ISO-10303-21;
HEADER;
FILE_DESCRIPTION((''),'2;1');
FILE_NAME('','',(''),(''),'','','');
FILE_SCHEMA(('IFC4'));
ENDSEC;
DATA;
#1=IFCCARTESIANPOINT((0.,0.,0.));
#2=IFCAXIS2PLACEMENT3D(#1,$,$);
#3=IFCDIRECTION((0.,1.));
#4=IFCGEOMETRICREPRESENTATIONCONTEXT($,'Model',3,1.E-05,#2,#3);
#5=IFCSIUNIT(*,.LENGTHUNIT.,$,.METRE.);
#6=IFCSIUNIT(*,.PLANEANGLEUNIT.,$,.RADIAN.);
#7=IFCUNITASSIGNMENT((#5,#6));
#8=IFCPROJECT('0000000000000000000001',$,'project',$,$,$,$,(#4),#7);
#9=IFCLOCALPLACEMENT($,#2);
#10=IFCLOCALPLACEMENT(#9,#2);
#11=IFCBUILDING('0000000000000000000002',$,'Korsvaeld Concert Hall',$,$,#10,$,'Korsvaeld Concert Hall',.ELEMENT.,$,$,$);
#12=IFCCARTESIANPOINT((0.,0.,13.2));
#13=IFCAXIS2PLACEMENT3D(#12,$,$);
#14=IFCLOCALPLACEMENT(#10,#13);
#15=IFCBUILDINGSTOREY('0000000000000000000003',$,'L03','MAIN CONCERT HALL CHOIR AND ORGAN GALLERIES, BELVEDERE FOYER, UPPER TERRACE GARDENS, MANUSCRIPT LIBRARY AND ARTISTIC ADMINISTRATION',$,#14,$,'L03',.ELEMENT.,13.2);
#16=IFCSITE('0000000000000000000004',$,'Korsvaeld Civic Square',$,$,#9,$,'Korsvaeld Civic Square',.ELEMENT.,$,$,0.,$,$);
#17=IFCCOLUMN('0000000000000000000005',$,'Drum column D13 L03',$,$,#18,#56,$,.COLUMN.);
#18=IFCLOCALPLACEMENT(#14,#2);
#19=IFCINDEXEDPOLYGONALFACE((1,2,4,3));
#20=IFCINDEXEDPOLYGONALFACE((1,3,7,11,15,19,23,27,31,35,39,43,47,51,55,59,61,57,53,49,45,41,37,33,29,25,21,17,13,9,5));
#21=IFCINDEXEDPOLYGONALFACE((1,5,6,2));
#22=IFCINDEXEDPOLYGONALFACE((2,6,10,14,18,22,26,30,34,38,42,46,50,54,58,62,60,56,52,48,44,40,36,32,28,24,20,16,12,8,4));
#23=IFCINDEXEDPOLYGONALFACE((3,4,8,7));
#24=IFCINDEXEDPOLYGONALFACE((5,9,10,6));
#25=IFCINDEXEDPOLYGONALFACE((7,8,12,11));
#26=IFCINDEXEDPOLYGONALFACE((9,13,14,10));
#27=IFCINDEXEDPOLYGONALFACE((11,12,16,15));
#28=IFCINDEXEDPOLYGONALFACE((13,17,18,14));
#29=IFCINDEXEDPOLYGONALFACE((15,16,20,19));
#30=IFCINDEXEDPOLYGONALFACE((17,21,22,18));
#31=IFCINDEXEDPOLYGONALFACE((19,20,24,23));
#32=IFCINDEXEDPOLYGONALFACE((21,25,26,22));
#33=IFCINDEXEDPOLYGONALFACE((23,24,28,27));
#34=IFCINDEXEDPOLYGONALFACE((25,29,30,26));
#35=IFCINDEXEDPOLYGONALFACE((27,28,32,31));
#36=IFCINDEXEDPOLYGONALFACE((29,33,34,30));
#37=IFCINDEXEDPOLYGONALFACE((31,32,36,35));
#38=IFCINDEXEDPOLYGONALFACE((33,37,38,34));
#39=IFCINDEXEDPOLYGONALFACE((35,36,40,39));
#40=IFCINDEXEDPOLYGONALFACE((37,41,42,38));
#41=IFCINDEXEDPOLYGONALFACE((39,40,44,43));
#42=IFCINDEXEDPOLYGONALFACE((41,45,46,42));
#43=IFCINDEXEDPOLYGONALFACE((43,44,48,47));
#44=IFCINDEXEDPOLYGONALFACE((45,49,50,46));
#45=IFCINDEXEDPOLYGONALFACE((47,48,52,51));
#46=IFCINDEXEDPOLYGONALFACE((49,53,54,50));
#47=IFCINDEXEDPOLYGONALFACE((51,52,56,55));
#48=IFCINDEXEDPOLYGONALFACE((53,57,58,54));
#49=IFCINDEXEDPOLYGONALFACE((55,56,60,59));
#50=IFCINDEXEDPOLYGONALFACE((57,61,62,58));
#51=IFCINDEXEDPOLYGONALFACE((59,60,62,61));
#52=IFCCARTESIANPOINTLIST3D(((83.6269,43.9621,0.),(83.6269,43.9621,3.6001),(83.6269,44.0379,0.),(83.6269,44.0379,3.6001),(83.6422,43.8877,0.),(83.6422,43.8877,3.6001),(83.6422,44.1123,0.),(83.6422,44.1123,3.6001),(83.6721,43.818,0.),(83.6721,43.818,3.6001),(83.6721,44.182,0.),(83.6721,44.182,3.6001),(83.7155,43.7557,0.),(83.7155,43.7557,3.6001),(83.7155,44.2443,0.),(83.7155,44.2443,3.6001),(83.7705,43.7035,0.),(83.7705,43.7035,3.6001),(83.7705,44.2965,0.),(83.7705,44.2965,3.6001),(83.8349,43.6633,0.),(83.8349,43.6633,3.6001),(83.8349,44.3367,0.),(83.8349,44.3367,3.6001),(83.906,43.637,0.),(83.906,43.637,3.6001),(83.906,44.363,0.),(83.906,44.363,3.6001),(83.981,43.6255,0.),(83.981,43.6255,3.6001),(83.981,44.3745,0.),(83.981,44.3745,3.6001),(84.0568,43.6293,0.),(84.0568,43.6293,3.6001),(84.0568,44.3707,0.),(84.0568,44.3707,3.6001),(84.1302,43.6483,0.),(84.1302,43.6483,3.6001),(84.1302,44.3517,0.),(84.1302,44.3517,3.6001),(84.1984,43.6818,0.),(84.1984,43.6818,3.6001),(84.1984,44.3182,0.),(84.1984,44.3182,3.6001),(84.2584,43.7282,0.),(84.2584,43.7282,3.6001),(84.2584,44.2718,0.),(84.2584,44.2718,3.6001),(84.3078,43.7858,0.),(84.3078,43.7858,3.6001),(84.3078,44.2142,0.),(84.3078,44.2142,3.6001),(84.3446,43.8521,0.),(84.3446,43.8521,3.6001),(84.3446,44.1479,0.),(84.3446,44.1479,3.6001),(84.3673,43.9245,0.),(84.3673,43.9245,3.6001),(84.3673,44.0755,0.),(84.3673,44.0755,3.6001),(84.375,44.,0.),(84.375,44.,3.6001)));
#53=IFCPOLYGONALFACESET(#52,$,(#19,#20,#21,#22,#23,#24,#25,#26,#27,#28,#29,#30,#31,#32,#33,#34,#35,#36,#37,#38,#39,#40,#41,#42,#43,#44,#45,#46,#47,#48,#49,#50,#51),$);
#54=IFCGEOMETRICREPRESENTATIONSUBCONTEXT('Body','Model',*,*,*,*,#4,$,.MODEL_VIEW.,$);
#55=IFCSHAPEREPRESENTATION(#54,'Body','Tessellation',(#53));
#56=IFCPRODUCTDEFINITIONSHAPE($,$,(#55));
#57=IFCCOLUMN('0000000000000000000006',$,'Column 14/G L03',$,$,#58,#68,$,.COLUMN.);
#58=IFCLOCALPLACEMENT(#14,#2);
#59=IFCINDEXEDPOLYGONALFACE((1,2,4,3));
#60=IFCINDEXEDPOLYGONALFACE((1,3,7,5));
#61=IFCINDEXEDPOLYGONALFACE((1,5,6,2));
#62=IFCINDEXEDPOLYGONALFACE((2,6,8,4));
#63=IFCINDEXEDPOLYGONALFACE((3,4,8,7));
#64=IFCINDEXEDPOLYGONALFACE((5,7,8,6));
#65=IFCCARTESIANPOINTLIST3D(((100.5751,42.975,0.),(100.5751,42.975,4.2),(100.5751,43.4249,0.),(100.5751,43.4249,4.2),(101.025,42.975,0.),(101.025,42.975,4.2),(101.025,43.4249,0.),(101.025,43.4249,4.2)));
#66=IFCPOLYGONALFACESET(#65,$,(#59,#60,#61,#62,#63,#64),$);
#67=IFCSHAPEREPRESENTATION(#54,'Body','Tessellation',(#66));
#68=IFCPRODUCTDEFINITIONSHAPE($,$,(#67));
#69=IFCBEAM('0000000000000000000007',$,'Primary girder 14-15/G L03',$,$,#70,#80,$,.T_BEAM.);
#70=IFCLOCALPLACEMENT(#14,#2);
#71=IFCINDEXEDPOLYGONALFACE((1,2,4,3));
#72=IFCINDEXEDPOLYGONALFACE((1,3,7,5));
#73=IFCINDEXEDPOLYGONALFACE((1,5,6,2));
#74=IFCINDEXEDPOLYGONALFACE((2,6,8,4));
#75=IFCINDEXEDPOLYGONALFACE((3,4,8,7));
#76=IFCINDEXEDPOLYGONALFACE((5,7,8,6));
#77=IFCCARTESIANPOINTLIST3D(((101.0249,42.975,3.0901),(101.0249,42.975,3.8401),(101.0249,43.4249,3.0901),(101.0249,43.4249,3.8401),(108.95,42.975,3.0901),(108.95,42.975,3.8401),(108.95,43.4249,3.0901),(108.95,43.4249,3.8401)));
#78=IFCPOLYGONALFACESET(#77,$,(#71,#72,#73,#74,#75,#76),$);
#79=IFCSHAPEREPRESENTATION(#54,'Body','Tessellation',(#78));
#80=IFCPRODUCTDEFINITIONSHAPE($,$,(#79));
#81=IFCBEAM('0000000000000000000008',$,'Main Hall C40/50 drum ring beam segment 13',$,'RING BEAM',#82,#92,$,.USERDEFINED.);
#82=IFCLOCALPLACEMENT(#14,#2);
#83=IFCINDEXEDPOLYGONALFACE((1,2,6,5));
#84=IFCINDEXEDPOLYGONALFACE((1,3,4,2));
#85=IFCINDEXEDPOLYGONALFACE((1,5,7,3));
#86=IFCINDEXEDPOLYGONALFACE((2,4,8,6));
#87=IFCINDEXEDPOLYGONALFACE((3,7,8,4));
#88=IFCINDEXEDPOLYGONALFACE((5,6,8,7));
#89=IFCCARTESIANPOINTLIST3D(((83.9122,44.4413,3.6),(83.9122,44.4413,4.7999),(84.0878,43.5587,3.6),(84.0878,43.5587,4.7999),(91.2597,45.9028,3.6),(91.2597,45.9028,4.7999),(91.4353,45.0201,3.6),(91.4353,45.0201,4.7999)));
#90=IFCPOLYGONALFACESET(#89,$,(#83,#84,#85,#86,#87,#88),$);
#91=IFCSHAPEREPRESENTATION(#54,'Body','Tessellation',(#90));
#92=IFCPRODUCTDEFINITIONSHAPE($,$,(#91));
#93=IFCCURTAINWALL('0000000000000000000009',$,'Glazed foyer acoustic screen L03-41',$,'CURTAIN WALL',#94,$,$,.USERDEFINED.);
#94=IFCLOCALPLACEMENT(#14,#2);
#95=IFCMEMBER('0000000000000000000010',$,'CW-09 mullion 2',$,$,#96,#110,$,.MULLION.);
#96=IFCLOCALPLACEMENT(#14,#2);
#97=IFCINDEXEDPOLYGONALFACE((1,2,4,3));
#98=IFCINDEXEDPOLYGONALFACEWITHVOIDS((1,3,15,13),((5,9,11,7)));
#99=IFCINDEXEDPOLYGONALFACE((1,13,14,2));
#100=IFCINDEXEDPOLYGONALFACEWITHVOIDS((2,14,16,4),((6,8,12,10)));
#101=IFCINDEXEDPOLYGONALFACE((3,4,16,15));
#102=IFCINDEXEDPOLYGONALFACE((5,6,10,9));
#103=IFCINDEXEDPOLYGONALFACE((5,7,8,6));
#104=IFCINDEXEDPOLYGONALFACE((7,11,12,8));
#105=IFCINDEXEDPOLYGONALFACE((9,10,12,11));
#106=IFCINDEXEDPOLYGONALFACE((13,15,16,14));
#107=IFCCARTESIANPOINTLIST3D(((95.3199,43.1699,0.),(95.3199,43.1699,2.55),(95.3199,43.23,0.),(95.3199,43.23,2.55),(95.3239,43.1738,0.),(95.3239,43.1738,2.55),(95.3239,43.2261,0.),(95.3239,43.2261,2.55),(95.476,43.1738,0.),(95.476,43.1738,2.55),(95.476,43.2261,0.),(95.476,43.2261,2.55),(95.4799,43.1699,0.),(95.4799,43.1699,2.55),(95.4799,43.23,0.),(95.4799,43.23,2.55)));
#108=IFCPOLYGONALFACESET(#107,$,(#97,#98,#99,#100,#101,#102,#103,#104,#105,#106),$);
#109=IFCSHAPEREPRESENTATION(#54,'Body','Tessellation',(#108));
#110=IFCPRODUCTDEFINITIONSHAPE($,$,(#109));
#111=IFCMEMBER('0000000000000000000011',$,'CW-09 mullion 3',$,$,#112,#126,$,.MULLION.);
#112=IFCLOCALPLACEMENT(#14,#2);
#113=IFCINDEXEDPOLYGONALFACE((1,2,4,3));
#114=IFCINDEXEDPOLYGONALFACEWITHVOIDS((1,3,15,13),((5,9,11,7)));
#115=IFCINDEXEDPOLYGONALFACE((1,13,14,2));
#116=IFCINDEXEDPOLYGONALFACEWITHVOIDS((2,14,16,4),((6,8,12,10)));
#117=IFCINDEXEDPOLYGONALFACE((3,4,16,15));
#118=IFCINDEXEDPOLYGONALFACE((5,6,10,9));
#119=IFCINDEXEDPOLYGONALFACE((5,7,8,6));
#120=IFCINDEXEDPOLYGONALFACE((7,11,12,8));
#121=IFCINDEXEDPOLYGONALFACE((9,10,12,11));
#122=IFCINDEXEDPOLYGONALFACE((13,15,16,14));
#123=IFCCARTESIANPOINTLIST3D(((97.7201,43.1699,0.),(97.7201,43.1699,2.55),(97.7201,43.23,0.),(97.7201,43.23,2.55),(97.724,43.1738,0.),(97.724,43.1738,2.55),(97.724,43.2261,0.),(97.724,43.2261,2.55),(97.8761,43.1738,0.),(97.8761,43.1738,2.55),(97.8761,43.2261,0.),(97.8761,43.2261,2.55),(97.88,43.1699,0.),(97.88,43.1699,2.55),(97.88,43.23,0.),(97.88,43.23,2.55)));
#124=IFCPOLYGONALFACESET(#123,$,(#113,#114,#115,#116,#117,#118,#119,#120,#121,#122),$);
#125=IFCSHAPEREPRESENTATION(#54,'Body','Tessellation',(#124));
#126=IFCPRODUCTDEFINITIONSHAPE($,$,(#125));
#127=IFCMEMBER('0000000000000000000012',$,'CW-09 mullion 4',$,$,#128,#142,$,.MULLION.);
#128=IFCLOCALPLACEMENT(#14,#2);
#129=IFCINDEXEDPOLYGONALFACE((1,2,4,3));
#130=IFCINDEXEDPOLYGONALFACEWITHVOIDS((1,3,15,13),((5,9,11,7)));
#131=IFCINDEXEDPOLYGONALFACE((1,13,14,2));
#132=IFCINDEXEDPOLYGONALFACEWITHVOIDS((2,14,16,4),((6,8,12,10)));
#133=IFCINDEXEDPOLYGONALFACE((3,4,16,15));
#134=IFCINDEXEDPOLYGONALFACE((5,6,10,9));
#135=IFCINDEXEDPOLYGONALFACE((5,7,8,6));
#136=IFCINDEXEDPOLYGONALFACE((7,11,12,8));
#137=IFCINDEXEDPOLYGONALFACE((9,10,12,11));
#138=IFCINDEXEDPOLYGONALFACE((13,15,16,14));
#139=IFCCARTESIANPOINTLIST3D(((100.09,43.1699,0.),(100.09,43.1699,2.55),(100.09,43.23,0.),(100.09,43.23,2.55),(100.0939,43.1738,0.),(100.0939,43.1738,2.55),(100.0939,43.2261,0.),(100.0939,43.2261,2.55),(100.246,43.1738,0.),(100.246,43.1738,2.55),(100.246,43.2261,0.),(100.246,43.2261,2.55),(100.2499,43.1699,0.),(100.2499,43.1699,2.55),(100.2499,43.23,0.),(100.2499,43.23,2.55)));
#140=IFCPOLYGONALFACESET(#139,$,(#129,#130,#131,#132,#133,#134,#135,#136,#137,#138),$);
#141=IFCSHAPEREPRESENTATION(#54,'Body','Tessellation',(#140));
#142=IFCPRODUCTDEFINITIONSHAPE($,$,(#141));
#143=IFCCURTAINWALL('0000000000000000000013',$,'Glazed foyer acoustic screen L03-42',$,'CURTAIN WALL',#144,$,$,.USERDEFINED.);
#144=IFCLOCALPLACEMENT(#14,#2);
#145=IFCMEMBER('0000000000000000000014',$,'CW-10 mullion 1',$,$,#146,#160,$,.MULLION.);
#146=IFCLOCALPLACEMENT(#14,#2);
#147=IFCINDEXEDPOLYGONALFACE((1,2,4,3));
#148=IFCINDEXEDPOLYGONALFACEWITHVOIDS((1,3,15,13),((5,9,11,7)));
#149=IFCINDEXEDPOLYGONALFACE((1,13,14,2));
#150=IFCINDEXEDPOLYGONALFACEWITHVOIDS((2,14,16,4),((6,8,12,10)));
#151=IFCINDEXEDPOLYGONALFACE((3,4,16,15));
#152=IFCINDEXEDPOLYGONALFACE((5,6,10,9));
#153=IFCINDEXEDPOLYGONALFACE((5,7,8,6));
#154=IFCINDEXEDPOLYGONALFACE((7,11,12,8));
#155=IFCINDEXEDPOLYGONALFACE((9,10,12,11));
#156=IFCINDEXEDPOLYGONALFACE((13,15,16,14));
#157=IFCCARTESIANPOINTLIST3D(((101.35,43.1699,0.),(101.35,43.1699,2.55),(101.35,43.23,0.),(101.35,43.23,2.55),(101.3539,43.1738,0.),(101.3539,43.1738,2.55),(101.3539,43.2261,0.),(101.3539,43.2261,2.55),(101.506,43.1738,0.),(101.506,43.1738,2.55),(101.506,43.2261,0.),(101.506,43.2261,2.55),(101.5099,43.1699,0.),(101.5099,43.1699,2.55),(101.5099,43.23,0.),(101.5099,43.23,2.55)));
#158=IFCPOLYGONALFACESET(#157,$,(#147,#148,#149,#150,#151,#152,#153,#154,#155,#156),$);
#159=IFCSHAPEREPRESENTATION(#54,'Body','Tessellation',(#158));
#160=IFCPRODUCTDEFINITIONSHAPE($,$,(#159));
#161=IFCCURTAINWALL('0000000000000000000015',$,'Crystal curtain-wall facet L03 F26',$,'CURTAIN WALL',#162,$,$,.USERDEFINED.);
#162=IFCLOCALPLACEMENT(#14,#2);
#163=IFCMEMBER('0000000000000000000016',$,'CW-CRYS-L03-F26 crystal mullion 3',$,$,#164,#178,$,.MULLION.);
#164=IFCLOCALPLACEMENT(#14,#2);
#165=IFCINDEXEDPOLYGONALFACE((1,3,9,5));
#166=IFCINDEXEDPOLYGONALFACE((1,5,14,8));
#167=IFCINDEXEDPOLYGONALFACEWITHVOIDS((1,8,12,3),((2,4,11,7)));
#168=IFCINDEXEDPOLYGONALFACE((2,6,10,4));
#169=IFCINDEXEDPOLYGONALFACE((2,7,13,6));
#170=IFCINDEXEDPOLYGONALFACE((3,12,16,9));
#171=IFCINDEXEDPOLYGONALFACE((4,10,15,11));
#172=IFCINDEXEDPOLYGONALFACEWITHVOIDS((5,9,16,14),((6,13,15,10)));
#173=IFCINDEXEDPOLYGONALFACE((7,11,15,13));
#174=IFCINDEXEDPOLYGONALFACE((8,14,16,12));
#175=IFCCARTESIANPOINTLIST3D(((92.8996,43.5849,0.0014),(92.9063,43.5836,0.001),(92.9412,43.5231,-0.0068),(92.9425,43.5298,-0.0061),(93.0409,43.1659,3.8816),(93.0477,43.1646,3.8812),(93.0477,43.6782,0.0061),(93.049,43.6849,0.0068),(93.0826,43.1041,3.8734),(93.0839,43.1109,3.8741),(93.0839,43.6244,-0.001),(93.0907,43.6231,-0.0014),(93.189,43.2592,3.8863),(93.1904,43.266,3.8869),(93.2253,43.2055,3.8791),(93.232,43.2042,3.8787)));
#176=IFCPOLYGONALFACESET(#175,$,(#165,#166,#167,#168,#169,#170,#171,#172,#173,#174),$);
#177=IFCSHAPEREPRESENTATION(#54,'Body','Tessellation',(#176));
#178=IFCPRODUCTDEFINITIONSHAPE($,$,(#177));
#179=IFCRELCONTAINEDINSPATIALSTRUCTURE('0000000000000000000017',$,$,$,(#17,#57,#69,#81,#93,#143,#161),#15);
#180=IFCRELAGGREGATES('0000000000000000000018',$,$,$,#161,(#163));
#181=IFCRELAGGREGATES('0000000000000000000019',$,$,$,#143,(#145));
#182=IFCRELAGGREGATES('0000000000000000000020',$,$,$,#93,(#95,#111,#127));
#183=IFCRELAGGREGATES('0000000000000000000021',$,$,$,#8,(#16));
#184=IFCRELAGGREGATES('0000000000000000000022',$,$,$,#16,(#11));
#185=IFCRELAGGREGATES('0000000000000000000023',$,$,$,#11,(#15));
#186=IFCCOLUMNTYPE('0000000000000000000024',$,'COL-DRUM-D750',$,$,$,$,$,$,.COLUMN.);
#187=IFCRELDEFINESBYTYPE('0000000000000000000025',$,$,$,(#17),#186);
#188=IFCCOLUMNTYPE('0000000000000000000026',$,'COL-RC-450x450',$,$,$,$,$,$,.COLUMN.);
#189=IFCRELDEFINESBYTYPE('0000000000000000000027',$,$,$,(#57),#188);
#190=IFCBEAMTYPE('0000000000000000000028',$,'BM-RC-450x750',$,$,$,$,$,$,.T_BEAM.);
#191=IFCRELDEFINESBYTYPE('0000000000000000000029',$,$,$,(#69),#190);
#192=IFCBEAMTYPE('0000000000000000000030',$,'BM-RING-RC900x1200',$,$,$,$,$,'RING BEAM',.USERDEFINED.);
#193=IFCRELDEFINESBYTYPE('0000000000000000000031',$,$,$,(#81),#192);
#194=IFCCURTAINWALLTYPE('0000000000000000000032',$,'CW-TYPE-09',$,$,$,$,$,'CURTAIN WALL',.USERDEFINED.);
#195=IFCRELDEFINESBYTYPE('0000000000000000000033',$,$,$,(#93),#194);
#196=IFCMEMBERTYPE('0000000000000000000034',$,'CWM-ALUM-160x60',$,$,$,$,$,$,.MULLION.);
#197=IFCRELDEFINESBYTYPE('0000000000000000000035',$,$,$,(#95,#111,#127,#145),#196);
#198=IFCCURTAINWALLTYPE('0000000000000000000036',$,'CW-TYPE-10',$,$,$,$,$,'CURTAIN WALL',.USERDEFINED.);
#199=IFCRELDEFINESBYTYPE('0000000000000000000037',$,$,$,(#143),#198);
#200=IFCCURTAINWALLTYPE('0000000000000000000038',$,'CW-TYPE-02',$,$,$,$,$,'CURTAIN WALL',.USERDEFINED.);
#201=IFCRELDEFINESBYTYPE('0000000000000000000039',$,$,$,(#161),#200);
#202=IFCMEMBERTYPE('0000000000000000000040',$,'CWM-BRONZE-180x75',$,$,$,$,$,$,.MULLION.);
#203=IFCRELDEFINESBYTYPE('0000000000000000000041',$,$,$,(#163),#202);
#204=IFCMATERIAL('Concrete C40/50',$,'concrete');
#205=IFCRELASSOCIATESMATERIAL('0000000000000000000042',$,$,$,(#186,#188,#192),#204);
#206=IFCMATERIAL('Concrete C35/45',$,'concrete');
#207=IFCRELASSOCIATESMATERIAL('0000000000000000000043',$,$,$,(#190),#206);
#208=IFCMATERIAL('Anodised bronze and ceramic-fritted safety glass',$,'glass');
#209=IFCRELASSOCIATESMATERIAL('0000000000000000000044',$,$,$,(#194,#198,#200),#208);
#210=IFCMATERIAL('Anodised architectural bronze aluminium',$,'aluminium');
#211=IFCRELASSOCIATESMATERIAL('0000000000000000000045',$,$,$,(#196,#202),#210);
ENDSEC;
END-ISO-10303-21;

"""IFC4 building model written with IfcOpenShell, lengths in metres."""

from ifc_helpers import new_model, si_unit, direction, frame, origin, origin_2d, place, context, subcontext, project, spatial, rectangle, hollow_rectangle, circle, extrude, material, material_profile, profile_set, type_object, element, aggregate, save


model = new_model("IFC4")

# Units and contexts
model_context = context("Model", 3, precision=1e-05, world=origin(), true_north=direction((0.0, 1.0)))
body_context = subcontext(model_context, "Body", "Model", "MODEL_VIEW")
ifc_project = project(units=[si_unit("LENGTHUNIT", "METRE"), si_unit("PLANEANGLEUNIT", "RADIAN")], contexts=[model_context])

# Site, building, storey
site_placement = place(None, origin())
site = spatial("IfcSite", under=ifc_project, at=site_placement, Name="Korsvaeld Civic Square", LongName="Korsvaeld Civic Square", CompositionType="ELEMENT", RefElevation=0.0)
building_placement = place(site_placement, origin())
building = spatial("IfcBuilding", under=site, at=building_placement, Name="Korsvaeld Concert Hall", LongName="Korsvaeld Concert Hall", CompositionType="ELEMENT")
storey_placement = place(building_placement, frame((0.0, 0.0, 13.2)))
storey = spatial("IfcBuildingStorey", under=building, at=storey_placement, Name="L03", Description="MAIN CONCERT HALL CHOIR AND ORGAN GALLERIES, BELVEDERE FOYER, UPPER TERRACE GARDENS, MANUSCRIPT LIBRARY AND ARTISTIC ADMINISTRATION", LongName="L03", CompositionType="ELEMENT", Elevation=13.2)

# Columns
ifc_material_1 = material(Name="Concrete C40/50", Category="concrete")
ifc_material_profile_1 = material_profile(ifc_material_1, circle(Radius=0.375, at=origin_2d()), Name="RC D750")
ifc_profile_set_1 = profile_set([ifc_material_profile_1], Name="Concrete C40/50")
column_type_1 = type_object("IfcColumnType", Name="COL-DRUM-D750", PredefinedType="COLUMN", material=ifc_profile_set_1)
column_1_placement = place(storey_placement, frame((84.0, 44.0, 0.0), z_axis=(0.0, 0.0, 1.0), x_axis=(1.0, 0.0, 0.0)))
element("IfcColumn", 1, at=column_1_placement, inside=storey, type_object=column_type_1, Name="Drum column D13 L03", PredefinedType="COLUMN", context=body_context, shape_type="SweptSolid", body=[
    extrude(circle(Radius=0.375, at=origin_2d()), origin(), (0.0, 0.0, 1.0), 3.6001),
])
ifc_material_profile_2 = material_profile(ifc_material_1, rectangle(XDim=0.45, YDim=0.45, at=origin_2d()), Name="RC 450x450")
ifc_profile_set_2 = profile_set([ifc_material_profile_2], Name="Concrete C40/50")
column_type_2 = type_object("IfcColumnType", Name="COL-RC-450x450", PredefinedType="COLUMN", material=ifc_profile_set_2)
column_2_placement = place(storey_placement, frame((100.8, 43.2, 0.0), z_axis=(0.0, 0.0, 1.0), x_axis=(1.0, 0.0, 0.0)))
element("IfcColumn", 2, at=column_2_placement, inside=storey, type_object=column_type_2, Name="Column 14/G L03", PredefinedType="COLUMN", context=body_context, shape_type="SweptSolid", body=[
    extrude(rectangle(XDim=0.45, YDim=0.45, at=origin_2d()), origin(), (0.0, 0.0, 1.0), 4.2),
])

# Beams
ifc_material_2 = material(Name="Concrete C35/45", Category="concrete")
ifc_material_profile_3 = material_profile(ifc_material_2, rectangle(XDim=0.45, YDim=0.75, at=origin_2d()), Name="RC 450x750")
ifc_profile_set_3 = profile_set([ifc_material_profile_3], Name="Concrete C35/45")
beam_type_1 = type_object("IfcBeamType", Name="BM-RC-450x750", PredefinedType="T_BEAM", material=ifc_profile_set_3)
beam_1_placement = place(storey_placement, frame((101.0249, 43.2, 3.4651), z_axis=(1.0, 0.0, 0.0), x_axis=(0.0, 1.0, 0.0)))
element("IfcBeam", 3, at=beam_1_placement, inside=storey, type_object=beam_type_1, Name="Primary girder 14-15/G L03", PredefinedType="T_BEAM", context=body_context, shape_type="SweptSolid", body=[
    extrude(rectangle(XDim=0.45, YDim=0.75, at=origin_2d()), origin(), (0.0, 0.0, 1.0), 7.925),
])
ifc_material_profile_4 = material_profile(ifc_material_1, rectangle(XDim=0.8999, YDim=1.2, at=origin_2d()), Name="RC 900x1200")
ifc_profile_set_4 = profile_set([ifc_material_profile_4], Name="Concrete C40/50")
beam_type_2 = type_object("IfcBeamType", Name="BM-RING-RC900x1200", ElementType="RING BEAM", PredefinedType="USERDEFINED", material=ifc_profile_set_4)
beam_2_placement = place(storey_placement, frame((84.0, 44.0, 4.2), z_axis=(0.980787, 0.195082, 0.0), x_axis=(-0.195082, 0.980787, 0.0)))
element("IfcBeam", 4, at=beam_2_placement, inside=storey, type_object=beam_type_2, Name="Main Hall C40/50 drum ring beam segment 13", ObjectType="RING BEAM", PredefinedType="USERDEFINED", context=body_context, shape_type="SweptSolid", body=[
    extrude(rectangle(XDim=0.8999, YDim=1.2, at=origin_2d()), origin(), (0.0, 0.0, 1.0), 7.4915),
])

# Curtain wall, members
ifc_material_3 = material(Name="Anodised bronze and ceramic-fritted safety glass", Category="glass")
curtain_wall_type_1 = type_object("IfcCurtainWallType", Name="CW-TYPE-09", ElementType="CURTAIN WALL", PredefinedType="USERDEFINED", material=ifc_material_3)
curtain_wall_1_placement = place(storey_placement, origin())
curtain_wall_1 = element("IfcCurtainWall", 5, at=curtain_wall_1_placement, inside=storey, type_object=curtain_wall_type_1, Name="Glazed foyer acoustic screen L03-41", ObjectType="CURTAIN WALL", PredefinedType="USERDEFINED")
ifc_material_4 = material(Name="Anodised architectural bronze aluminium", Category="aluminium")
ifc_material_profile_5 = material_profile(ifc_material_4, hollow_rectangle(XDim=0.0601, YDim=0.1599, WallThickness=0.0039, at=origin_2d()), Name="CWM 160x60x4")
ifc_profile_set_5 = profile_set([ifc_material_profile_5], Name="Anodised architectural bronze aluminium")
member_type_1 = type_object("IfcMemberType", Name="CWM-ALUM-160x60", PredefinedType="MULLION", material=ifc_profile_set_5)
member_1_placement = place(storey_placement, frame((95.3999, 43.2, 0.0), z_axis=(0.0, 0.0, 1.0), x_axis=(0.0, 1.0, 0.0)))
member_1 = element("IfcMember", 6, at=member_1_placement, type_object=member_type_1, Name="CW-09 mullion 2", PredefinedType="MULLION", context=body_context, shape_type="SweptSolid", body=[
    extrude(hollow_rectangle(XDim=0.0601, YDim=0.1599, WallThickness=0.0039, at=origin_2d()), origin(), (0.0, 0.0, 1.0), 2.55),
])
member_2_placement = place(storey_placement, frame((97.8, 43.2, 0.0), z_axis=(0.0, 0.0, 1.0), x_axis=(0.0, 1.0, 0.0)))
member_2 = element("IfcMember", 7, at=member_2_placement, type_object=member_type_1, Name="CW-09 mullion 3", PredefinedType="MULLION", context=body_context, shape_type="SweptSolid", body=[
    extrude(hollow_rectangle(XDim=0.0601, YDim=0.1599, WallThickness=0.0039, at=origin_2d()), origin(), (0.0, 0.0, 1.0), 2.55),
])
member_3_placement = place(storey_placement, frame((100.1699, 43.2, 0.0), z_axis=(0.0, 0.0, 1.0), x_axis=(0.0, 1.0, 0.0)))
member_3 = element("IfcMember", 8, at=member_3_placement, type_object=member_type_1, Name="CW-09 mullion 4", PredefinedType="MULLION", context=body_context, shape_type="SweptSolid", body=[
    extrude(hollow_rectangle(XDim=0.0601, YDim=0.1599, WallThickness=0.0039, at=origin_2d()), origin(), (0.0, 0.0, 1.0), 2.55),
])

# Curtain walls, members
curtain_wall_type_2 = type_object("IfcCurtainWallType", Name="CW-TYPE-10", ElementType="CURTAIN WALL", PredefinedType="USERDEFINED", material=ifc_material_3)
curtain_wall_2_placement = place(storey_placement, origin())
curtain_wall_2 = element("IfcCurtainWall", 9, at=curtain_wall_2_placement, inside=storey, type_object=curtain_wall_type_2, Name="Glazed foyer acoustic screen L03-42", ObjectType="CURTAIN WALL", PredefinedType="USERDEFINED")
member_4_placement = place(storey_placement, frame((101.4299, 43.2, 0.0), z_axis=(0.0, 0.0, 1.0), x_axis=(0.0, 1.0, 0.0)))
member_4 = element("IfcMember", 10, at=member_4_placement, type_object=member_type_1, Name="CW-10 mullion 1", PredefinedType="MULLION", context=body_context, shape_type="SweptSolid", body=[
    extrude(hollow_rectangle(XDim=0.0601, YDim=0.1599, WallThickness=0.0039, at=origin_2d()), origin(), (0.0, 0.0, 1.0), 2.55),
])
curtain_wall_type_3 = type_object("IfcCurtainWallType", Name="CW-TYPE-02", ElementType="CURTAIN WALL", PredefinedType="USERDEFINED", material=ifc_material_3)
curtain_wall_3_placement = place(storey_placement, origin())
curtain_wall_3 = element("IfcCurtainWall", 11, at=curtain_wall_3_placement, inside=storey, type_object=curtain_wall_type_3, Name="Crystal curtain-wall facet L03 F26", ObjectType="CURTAIN WALL", PredefinedType="USERDEFINED")
ifc_material_profile_6 = material_profile(ifc_material_4, hollow_rectangle(XDim=0.075, YDim=0.1799, WallThickness=0.0049, at=origin_2d()), Name="CWM 180x75x5")
ifc_profile_set_6 = profile_set([ifc_material_profile_6], Name="Anodised architectural bronze aluminium")
member_type_2 = type_object("IfcMemberType", Name="CWM-BRONZE-180x75", PredefinedType="MULLION", material=ifc_profile_set_6)
member_5_placement = place(storey_placement, frame((92.9951, 43.604, 0.0), z_axis=(0.036197, -0.107278, 0.99357), x_axis=(-0.555586, 0.824252, 0.109237)))
member_5 = element("IfcMember", 12, at=member_5_placement, type_object=member_type_2, Name="CW-CRYS-L03-F26 crystal mullion 3", PredefinedType="MULLION", context=body_context, shape_type="SweptSolid", body=[
    extrude(hollow_rectangle(XDim=0.075, YDim=0.1799, WallThickness=0.0049, at=origin_2d()), origin(), (0.0, 0.0, 1.0), 3.9053),
])
aggregate(curtain_wall_3, [member_5])

aggregate(curtain_wall_2, [member_4])

aggregate(curtain_wall_1, [member_1, member_2, member_3])

save(model, "model.ifc")
